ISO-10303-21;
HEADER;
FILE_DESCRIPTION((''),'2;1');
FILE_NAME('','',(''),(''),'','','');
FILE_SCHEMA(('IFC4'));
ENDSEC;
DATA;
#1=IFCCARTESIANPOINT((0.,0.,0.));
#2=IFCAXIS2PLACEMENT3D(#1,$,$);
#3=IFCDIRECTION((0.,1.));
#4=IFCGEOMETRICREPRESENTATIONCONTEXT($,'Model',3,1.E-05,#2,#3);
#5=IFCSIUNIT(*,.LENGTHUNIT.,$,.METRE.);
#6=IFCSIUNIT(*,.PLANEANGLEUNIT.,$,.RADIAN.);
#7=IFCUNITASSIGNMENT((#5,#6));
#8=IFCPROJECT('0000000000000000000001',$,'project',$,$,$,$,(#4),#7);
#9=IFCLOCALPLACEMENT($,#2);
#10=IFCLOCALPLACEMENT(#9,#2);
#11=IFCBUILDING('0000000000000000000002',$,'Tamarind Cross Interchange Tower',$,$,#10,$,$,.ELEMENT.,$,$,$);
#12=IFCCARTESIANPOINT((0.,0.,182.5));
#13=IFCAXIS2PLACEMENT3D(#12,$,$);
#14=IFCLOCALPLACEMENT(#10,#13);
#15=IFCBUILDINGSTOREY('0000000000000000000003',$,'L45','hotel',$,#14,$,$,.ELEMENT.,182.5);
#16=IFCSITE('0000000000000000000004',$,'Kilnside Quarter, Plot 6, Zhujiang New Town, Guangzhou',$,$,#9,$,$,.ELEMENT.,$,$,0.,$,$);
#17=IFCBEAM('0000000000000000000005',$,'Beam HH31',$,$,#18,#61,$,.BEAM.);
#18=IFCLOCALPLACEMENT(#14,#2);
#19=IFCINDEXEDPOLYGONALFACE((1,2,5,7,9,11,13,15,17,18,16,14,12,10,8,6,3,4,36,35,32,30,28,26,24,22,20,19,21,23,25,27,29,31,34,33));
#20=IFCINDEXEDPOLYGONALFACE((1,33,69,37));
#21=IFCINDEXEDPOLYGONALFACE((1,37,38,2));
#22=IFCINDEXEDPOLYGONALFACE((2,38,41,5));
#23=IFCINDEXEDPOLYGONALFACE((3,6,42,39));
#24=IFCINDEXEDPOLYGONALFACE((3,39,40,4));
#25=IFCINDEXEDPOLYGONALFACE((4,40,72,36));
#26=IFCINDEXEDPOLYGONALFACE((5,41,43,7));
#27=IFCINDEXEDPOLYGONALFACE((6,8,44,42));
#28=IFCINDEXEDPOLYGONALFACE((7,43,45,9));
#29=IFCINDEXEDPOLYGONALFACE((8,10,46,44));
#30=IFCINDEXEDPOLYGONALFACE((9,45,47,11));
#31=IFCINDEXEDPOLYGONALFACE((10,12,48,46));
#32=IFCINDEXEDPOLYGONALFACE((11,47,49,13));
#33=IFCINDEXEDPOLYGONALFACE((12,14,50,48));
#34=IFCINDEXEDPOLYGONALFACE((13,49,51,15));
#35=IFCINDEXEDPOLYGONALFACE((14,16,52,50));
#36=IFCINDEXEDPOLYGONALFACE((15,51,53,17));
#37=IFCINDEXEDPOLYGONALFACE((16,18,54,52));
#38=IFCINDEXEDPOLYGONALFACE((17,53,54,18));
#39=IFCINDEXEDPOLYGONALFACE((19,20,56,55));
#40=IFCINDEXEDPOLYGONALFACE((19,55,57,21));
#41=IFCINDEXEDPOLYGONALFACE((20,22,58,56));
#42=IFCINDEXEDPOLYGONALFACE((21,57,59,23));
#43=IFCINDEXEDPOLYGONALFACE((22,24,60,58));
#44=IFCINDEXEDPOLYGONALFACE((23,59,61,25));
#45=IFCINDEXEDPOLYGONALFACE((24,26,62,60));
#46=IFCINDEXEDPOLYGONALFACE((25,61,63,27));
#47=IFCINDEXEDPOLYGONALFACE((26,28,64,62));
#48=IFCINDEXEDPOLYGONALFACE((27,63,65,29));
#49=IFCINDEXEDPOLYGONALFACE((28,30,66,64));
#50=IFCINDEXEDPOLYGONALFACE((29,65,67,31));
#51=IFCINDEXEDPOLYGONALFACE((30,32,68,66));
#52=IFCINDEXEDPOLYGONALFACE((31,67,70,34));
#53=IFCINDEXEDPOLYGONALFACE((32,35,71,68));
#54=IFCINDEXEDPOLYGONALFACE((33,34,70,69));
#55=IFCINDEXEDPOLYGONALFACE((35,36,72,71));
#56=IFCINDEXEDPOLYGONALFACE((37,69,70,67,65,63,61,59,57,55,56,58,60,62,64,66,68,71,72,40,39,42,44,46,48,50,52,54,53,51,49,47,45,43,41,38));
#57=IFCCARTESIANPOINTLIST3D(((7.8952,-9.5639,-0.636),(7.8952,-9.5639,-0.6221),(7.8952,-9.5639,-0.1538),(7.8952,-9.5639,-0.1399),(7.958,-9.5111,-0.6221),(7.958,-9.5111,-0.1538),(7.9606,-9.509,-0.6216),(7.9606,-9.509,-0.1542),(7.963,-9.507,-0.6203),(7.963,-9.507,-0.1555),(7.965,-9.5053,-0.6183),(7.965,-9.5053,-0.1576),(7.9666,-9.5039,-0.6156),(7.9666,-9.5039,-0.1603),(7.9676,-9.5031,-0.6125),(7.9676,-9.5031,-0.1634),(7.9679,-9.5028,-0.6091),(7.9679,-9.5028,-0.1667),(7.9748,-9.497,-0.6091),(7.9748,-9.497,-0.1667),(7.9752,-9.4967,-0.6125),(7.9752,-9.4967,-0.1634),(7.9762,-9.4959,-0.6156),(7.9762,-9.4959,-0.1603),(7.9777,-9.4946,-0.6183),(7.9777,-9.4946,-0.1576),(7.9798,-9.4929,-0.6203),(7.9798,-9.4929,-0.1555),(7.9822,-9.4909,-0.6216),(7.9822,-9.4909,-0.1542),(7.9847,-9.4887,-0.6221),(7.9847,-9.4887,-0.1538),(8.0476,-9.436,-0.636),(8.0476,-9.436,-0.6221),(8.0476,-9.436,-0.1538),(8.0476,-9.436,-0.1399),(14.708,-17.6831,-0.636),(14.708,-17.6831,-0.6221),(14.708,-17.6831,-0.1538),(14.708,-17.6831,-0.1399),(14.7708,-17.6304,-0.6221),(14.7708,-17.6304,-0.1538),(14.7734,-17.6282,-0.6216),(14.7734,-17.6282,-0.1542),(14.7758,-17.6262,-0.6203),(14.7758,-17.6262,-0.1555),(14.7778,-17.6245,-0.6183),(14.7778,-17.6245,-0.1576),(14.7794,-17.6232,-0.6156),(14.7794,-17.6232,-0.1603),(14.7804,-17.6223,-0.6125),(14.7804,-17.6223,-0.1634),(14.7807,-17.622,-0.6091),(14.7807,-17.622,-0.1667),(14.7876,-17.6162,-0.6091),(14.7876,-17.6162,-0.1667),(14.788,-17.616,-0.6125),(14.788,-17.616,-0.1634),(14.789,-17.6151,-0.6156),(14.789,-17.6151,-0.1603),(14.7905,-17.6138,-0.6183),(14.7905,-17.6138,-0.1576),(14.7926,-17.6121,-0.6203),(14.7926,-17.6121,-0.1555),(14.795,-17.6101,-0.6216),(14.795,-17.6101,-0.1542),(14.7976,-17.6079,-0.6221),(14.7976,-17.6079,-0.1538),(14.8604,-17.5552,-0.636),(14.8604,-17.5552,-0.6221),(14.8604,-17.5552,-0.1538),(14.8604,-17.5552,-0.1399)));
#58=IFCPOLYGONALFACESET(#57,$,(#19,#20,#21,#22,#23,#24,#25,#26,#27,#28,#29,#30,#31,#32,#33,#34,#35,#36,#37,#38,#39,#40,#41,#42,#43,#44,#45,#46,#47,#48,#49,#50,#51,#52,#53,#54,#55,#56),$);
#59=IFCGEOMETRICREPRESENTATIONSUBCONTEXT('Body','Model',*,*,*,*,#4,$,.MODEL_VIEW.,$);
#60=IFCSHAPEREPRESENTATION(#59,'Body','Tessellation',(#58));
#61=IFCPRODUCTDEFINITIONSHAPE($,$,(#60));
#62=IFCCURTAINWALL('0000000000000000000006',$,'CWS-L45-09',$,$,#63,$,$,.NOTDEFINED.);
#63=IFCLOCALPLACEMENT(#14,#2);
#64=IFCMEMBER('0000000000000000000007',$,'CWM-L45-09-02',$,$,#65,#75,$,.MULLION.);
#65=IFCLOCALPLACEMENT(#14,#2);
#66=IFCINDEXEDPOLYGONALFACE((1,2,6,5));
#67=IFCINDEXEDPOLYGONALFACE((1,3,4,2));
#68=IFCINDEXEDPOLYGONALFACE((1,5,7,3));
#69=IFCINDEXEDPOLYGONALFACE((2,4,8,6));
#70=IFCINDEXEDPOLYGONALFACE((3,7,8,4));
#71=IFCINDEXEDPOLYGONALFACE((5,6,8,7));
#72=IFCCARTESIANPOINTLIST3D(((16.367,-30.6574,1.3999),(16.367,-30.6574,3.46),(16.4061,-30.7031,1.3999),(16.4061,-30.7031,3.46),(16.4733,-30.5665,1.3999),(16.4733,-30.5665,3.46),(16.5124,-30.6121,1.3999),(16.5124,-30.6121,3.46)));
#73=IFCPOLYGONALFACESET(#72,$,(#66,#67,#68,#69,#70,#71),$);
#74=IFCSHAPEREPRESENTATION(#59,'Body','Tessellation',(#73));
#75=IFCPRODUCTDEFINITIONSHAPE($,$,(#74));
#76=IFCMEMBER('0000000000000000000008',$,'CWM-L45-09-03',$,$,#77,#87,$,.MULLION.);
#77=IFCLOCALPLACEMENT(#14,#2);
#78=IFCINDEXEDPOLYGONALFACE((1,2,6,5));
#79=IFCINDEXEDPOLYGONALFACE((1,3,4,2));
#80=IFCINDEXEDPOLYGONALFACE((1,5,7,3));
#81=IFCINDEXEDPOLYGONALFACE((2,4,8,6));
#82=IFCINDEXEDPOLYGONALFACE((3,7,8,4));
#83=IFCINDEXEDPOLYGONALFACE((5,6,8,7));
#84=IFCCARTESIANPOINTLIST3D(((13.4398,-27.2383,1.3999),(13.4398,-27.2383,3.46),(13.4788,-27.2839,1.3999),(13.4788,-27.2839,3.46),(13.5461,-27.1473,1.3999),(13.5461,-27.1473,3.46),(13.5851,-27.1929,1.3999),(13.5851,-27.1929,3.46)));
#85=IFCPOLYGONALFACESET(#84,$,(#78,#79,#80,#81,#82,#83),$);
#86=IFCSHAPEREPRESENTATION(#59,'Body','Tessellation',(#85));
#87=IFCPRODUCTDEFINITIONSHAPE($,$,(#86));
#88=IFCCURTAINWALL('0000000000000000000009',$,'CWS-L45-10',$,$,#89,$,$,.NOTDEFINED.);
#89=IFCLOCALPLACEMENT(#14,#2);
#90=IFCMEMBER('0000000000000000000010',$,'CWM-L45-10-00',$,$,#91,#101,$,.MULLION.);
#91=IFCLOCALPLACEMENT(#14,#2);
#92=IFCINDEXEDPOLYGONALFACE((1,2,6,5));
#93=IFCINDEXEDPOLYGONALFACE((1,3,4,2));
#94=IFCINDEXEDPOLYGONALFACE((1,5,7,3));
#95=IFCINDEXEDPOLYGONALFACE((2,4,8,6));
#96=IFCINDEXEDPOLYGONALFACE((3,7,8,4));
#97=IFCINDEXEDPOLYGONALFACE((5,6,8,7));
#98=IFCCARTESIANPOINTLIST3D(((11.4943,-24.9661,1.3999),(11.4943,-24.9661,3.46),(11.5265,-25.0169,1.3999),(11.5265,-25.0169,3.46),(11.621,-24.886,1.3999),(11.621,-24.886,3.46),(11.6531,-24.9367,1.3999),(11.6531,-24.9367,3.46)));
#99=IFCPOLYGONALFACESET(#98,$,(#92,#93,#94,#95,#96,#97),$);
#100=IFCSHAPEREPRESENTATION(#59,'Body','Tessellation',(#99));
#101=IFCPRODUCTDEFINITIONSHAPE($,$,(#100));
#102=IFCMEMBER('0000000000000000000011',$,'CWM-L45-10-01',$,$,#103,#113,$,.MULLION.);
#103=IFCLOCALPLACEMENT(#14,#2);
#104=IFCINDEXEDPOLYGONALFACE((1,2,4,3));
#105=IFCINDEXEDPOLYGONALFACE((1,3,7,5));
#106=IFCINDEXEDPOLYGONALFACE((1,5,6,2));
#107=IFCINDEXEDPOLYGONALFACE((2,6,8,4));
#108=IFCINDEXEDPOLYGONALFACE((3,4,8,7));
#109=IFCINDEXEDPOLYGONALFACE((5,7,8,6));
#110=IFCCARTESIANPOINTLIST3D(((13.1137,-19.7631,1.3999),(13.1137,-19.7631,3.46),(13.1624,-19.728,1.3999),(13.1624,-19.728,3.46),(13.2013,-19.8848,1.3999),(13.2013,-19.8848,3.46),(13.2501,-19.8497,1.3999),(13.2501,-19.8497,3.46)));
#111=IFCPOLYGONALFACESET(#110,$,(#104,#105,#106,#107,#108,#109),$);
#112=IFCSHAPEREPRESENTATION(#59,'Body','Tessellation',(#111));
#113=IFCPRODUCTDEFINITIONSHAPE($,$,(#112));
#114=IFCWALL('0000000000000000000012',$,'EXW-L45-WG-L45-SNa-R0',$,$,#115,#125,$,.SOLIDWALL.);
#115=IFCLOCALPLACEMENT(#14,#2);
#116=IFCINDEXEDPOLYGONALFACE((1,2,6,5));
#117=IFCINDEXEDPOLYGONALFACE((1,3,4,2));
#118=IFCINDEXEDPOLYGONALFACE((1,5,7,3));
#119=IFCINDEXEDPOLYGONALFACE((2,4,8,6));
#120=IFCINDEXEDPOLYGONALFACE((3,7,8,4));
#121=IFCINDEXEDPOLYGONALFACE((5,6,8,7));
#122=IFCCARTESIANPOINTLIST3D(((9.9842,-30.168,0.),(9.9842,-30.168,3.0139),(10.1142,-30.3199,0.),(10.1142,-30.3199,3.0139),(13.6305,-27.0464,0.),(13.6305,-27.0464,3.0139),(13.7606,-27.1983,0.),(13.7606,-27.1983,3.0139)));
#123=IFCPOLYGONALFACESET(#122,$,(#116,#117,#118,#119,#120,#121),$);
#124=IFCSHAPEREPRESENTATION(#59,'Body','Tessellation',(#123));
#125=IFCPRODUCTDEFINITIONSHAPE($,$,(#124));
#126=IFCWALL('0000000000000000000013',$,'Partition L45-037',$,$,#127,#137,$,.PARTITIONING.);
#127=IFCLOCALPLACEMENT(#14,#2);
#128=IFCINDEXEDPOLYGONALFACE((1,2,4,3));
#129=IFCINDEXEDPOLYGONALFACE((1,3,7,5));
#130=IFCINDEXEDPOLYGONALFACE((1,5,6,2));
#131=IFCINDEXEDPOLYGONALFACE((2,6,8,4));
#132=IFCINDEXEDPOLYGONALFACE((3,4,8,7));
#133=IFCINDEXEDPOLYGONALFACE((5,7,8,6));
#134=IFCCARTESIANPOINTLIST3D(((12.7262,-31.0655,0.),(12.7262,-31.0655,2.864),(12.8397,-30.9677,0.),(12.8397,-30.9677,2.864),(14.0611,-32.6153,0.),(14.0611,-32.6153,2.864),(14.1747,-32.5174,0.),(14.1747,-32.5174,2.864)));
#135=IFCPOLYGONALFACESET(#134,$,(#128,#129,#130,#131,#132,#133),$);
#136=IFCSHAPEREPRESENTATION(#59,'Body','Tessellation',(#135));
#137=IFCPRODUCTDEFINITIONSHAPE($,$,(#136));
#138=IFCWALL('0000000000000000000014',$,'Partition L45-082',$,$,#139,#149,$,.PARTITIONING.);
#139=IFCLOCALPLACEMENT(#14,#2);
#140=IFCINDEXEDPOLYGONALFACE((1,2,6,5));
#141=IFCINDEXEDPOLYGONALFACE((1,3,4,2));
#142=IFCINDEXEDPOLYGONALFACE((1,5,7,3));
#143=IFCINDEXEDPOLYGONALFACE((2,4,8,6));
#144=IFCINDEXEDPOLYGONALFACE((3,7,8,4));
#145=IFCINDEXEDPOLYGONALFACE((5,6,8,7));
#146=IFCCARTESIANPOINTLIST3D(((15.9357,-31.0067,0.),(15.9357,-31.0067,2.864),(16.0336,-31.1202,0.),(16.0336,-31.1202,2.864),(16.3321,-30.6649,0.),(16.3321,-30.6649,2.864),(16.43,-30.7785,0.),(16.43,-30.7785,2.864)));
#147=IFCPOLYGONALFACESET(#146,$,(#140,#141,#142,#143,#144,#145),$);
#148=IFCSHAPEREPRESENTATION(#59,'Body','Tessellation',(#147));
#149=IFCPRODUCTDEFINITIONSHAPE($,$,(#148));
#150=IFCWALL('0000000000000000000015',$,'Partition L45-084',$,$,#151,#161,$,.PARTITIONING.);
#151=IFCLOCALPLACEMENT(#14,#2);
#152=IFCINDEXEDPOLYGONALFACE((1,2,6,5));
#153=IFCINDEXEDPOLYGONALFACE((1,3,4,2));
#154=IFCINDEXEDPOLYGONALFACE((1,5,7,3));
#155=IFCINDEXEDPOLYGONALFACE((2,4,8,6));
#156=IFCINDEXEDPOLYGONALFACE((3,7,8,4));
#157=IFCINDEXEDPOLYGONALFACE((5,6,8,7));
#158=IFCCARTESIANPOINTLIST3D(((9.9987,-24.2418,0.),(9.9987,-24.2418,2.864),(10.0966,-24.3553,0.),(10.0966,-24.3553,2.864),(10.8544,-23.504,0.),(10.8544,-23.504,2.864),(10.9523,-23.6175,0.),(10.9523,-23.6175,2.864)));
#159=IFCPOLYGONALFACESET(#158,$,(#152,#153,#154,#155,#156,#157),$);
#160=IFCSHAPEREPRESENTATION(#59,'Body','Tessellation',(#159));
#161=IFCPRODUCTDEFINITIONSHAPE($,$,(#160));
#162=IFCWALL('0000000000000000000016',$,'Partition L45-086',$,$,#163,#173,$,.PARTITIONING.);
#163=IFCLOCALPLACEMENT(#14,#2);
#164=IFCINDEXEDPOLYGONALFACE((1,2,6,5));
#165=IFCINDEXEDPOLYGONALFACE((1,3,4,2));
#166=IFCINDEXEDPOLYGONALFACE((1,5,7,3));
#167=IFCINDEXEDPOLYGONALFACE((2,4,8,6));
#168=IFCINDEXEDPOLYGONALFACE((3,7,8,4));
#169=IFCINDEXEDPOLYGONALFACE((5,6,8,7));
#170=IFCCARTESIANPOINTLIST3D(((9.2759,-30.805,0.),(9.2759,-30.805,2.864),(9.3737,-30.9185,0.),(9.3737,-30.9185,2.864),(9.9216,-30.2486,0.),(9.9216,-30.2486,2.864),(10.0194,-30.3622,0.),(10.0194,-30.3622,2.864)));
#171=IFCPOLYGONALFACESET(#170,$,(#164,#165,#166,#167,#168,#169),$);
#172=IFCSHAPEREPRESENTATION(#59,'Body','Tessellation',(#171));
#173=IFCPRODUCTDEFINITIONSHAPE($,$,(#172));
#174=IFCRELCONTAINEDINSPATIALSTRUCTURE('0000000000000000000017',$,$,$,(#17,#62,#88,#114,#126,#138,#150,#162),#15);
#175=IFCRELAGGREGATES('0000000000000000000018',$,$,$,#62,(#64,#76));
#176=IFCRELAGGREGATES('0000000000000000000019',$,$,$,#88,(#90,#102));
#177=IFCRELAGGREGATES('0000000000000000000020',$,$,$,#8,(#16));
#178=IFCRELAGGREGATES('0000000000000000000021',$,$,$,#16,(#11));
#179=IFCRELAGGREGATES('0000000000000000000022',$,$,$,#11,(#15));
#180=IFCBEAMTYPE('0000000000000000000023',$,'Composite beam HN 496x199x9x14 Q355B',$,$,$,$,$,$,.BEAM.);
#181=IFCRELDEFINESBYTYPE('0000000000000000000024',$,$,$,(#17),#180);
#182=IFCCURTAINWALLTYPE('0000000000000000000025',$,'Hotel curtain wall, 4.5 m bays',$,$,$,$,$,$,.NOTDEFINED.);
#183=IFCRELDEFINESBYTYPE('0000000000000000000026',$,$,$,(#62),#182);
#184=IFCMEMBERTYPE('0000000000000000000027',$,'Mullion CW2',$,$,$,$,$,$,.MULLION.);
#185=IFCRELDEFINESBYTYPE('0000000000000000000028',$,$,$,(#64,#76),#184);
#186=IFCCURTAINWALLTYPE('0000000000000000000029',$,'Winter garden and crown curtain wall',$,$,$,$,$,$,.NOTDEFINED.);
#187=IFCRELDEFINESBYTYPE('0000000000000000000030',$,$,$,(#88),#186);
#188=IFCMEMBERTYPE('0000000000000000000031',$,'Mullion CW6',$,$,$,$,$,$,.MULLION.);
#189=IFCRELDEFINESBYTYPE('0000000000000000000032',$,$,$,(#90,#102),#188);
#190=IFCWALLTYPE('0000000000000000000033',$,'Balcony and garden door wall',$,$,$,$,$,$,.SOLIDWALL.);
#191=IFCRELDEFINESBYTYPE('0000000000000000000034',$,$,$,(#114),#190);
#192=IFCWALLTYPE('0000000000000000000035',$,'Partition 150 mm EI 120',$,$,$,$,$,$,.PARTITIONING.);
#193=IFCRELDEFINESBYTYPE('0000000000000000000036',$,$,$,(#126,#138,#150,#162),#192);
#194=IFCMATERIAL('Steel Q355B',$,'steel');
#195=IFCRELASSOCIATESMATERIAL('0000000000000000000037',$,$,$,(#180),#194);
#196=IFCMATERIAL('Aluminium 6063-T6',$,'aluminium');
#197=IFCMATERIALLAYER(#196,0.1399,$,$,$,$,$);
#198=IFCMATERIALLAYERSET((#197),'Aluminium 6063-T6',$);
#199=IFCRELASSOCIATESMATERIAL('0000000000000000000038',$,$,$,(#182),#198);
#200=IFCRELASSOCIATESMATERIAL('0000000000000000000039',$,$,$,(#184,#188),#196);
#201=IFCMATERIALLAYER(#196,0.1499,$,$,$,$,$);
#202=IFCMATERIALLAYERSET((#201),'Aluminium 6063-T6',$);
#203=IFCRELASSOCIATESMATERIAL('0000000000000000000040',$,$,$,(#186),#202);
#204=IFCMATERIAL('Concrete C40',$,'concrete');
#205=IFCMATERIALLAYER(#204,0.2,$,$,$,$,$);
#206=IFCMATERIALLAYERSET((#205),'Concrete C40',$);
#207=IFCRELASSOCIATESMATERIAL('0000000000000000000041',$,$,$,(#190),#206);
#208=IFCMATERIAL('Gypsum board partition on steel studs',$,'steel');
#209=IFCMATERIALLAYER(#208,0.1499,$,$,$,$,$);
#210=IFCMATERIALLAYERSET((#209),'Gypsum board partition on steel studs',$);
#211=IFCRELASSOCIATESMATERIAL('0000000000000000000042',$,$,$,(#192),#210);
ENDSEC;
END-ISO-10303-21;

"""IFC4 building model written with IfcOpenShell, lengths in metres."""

from ifc_helpers import new_model, si_unit, direction, frame, frame_2d, origin, origin_2d, place, context, subcontext, project, spatial, rectangle, i_section, extrude, material, layer, layer_set, material_profile, profile_set, type_object, element, aggregate, save


model = new_model("IFC4")

# Units and contexts
model_context = context("Model", 3, precision=1e-05, world=origin(), true_north=direction((0.0, 1.0)))
body_context = subcontext(model_context, "Body", "Model", "MODEL_VIEW")
ifc_project = project(units=[si_unit("LENGTHUNIT", "METRE"), si_unit("PLANEANGLEUNIT", "RADIAN")], contexts=[model_context])

# Site, building, storey
site_placement = place(None, origin())
site = spatial("IfcSite", under=ifc_project, at=site_placement, Name="Kilnside Quarter, Plot 6, Zhujiang New Town, Guangzhou", CompositionType="ELEMENT", RefElevation=0.0)
building_placement = place(site_placement, origin())
building = spatial("IfcBuilding", under=site, at=building_placement, Name="Tamarind Cross Interchange Tower", CompositionType="ELEMENT")
storey_placement = place(building_placement, frame((0.0, 0.0, 182.5)))
storey = spatial("IfcBuildingStorey", under=building, at=storey_placement, Name="L45", Description="hotel", CompositionType="ELEMENT", Elevation=182.5)

# Beam
ifc_material_1 = material(Name="Steel Q355B", Category="steel")
ifc_material_profile_1 = material_profile(ifc_material_1, i_section(OverallWidth=0.199, OverallDepth=0.4961, WebThickness=0.009, FlangeThickness=0.0139, FilletRadius=0.0129, at=origin_2d()), Name="HN 496x199x9x14")
ifc_profile_set_1 = profile_set([ifc_material_profile_1], Name="Steel Q355B")
beam_type = type_object("IfcBeamType", Name="Composite beam HN 496x199x9x14 Q355B", PredefinedType="BEAM", material=ifc_profile_set_1)
beam_1_placement = place(storey_placement, frame((14.7842, -17.6191, -0.3879), z_axis=(-0.642786, 0.766046, 0.0), x_axis=(-0.766046, -0.642786, 0.0)))
element("IfcBeam", 1, at=beam_1_placement, inside=storey, type_object=beam_type, Name="Beam HH31", PredefinedType="BEAM", context=body_context, shape_type="SweptSolid", body=[
    extrude(i_section(OverallWidth=0.199, OverallDepth=0.4961, WebThickness=0.009, FlangeThickness=0.0139, FilletRadius=0.0129, at=origin_2d()), origin(), (0.0, 0.0, 1.0), 10.5989),
])

# Curtain walls, members
ifc_material_2 = material(Name="Aluminium 6063-T6", Category="aluminium")
ifc_layer_1 = layer(ifc_material_2, 0.1399)
ifc_layer_set_1 = layer_set([ifc_layer_1], Name="Aluminium 6063-T6")
curtain_wall_type_1 = type_object("IfcCurtainWallType", Name="Hotel curtain wall, 4.5 m bays", PredefinedType="NOTDEFINED", material=ifc_layer_set_1)
curtain_wall_1_placement = place(storey_placement, origin())
curtain_wall_1 = element("IfcCurtainWall", 2, at=curtain_wall_1_placement, inside=storey, type_object=curtain_wall_type_1, Name="CWS-L45-09", PredefinedType="NOTDEFINED")
ifc_material_profile_2 = material_profile(ifc_material_2, rectangle(XDim=0.0601, YDim=0.1399, at=origin_2d()), Name="Mullion CW2")
ifc_profile_set_2 = profile_set([ifc_material_profile_2], Name="Aluminium 6063-T6")
member_type_1 = type_object("IfcMemberType", Name="Mullion CW2", PredefinedType="MULLION", material=ifc_profile_set_2)
member_1_placement = place(storey_placement, frame((16.4397, -30.6348, 1.3999), z_axis=(0.0, 0.0, 1.0), x_axis=(-0.650358, 0.759628, 0.0)))
member_1 = element("IfcMember", 3, at=member_1_placement, type_object=member_type_1, Name="CWM-L45-09-02", PredefinedType="MULLION", context=body_context, shape_type="SweptSolid", body=[
    extrude(rectangle(XDim=0.0601, YDim=0.1399, at=origin_2d()), origin(), (0.0, 0.0, 1.0), 2.0601),
])
member_2_placement = place(storey_placement, frame((13.5125, -27.2156, 1.3999), z_axis=(0.0, 0.0, 1.0), x_axis=(-0.650358, 0.759628, 0.0)))
member_2 = element("IfcMember", 4, at=member_2_placement, type_object=member_type_1, Name="CWM-L45-09-03", PredefinedType="MULLION", context=body_context, shape_type="SweptSolid", body=[
    extrude(rectangle(XDim=0.0601, YDim=0.1399, at=origin_2d()), origin(), (0.0, 0.0, 1.0), 2.0601),
])
aggregate(curtain_wall_1, [member_1, member_2])
ifc_layer_2 = layer(ifc_material_2, 0.1499)
ifc_layer_set_2 = layer_set([ifc_layer_2], Name="Aluminium 6063-T6")
curtain_wall_type_2 = type_object("IfcCurtainWallType", Name="Winter garden and crown curtain wall", PredefinedType="NOTDEFINED", material=ifc_layer_set_2)
curtain_wall_2_placement = place(storey_placement, origin())
curtain_wall_2 = element("IfcCurtainWall", 5, at=curtain_wall_2_placement, inside=storey, type_object=curtain_wall_type_2, Name="CWS-L45-10", PredefinedType="NOTDEFINED")
ifc_material_profile_3 = material_profile(ifc_material_2, rectangle(XDim=0.0601, YDim=0.1499, at=origin_2d()), Name="Mullion CW6")
ifc_profile_set_3 = profile_set([ifc_material_profile_3], Name="Aluminium 6063-T6")
member_type_2 = type_object("IfcMemberType", Name="Mullion CW6", PredefinedType="MULLION", material=ifc_profile_set_3)
member_3_placement = place(storey_placement, frame((11.5737, -24.9514, 1.3999), z_axis=(0.0, 0.0, 1.0), x_axis=(-0.534767, 0.845, 0.0)))
member_3 = element("IfcMember", 6, at=member_3_placement, type_object=member_type_2, Name="CWM-L45-10-00", PredefinedType="MULLION", context=body_context, shape_type="SweptSolid", body=[
    extrude(rectangle(XDim=0.0601, YDim=0.1499, at=origin_2d()), origin(), (0.0, 0.0, 1.0), 2.0601),
])
member_4_placement = place(storey_placement, frame((13.1819, -19.8064, 1.3999), z_axis=(0.0, 0.0, 1.0), x_axis=(0.81134, 0.584574, 0.0)))
member_4 = element("IfcMember", 7, at=member_4_placement, type_object=member_type_2, Name="CWM-L45-10-01", PredefinedType="MULLION", context=body_context, shape_type="SweptSolid", body=[
    extrude(rectangle(XDim=0.0601, YDim=0.1499, at=origin_2d()), origin(), (0.0, 0.0, 1.0), 2.0601),
])
aggregate(curtain_wall_2, [member_3, member_4])

# Shared definitions
ifc_material_3 = material(Name="Concrete C40", Category="concrete")
ifc_layer_3 = layer(ifc_material_3, 0.2)
ifc_layer_set_3 = layer_set([ifc_layer_3], Name="Concrete C40")
wall_type_1 = type_object("IfcWallType", Name="Balcony and garden door wall", PredefinedType="SOLIDWALL", material=ifc_layer_set_3)

# Walls
wall_1_placement = place(storey_placement, frame((10.0493, -30.2439, 0.0), z_axis=(0.0, 0.0, 1.0), x_axis=(0.759644, 0.650339, 0.0)))
element("IfcWall", 8, at=wall_1_placement, inside=storey, type_object=wall_type_1, Name="EXW-L45-WG-L45-SNa-R0", PredefinedType="SOLIDWALL", context=body_context, shape_type="SweptSolid", body=[
    extrude(rectangle(XDim=4.8, YDim=0.2, at=frame_2d((2.3999, 0.0))), origin(), (0.0, 0.0, 1.0), 3.0139),
])
ifc_material_4 = material(Name="Gypsum board partition on steel studs", Category="steel")
ifc_layer_4 = layer(ifc_material_4, 0.1499)
ifc_layer_set_4 = layer_set([ifc_layer_4], Name="Gypsum board partition on steel studs")
wall_type_2 = type_object("IfcWallType", Name="Partition 150 mm EI 120", PredefinedType="PARTITIONING", material=ifc_layer_set_4)
wall_2_placement = place(storey_placement, frame((12.783, -31.0166, 0.0), z_axis=(0.0, 0.0, 1.0), x_axis=(0.652637, -0.75767, 0.0)))
element("IfcWall", 9, at=wall_2_placement, inside=storey, type_object=wall_type_2, Name="Partition L45-037", PredefinedType="PARTITIONING", context=body_context, shape_type="SweptSolid", body=[
    extrude(rectangle(XDim=2.0454, YDim=0.1499, at=frame_2d((1.0227, 0.0))), origin(), (0.0, 0.0, 1.0), 2.864),
])
wall_3_placement = place(storey_placement, frame((15.9846, -31.0635, 0.0), z_axis=(0.0, 0.0, 1.0), x_axis=(0.75741, 0.65294, 0.0)))
element("IfcWall", 10, at=wall_3_placement, inside=storey, type_object=wall_type_2, Name="Partition L45-082", PredefinedType="PARTITIONING", context=body_context, shape_type="SweptSolid", body=[
    extrude(rectangle(XDim=0.5234, YDim=0.1499, at=frame_2d((0.2617, 0.0))), origin(), (0.0, 0.0, 1.0), 2.864),
])
wall_4_placement = place(storey_placement, frame((10.0476, -24.2986, 0.0), z_axis=(0.0, 0.0, 1.0), x_axis=(0.757362, 0.652995, 0.0)))
element("IfcWall", 11, at=wall_4_placement, inside=storey, type_object=wall_type_2, Name="Partition L45-084", PredefinedType="PARTITIONING", context=body_context, shape_type="SweptSolid", body=[
    extrude(rectangle(XDim=1.1299, YDim=0.1499, at=frame_2d((0.5649, 0.0))), origin(), (0.0, 0.0, 1.0), 2.864),
])
wall_5_placement = place(storey_placement, frame((9.3247, -30.8618, 0.0), z_axis=(0.0, 0.0, 1.0), x_axis=(0.757576, 0.652747, 0.0)))
element("IfcWall", 12, at=wall_5_placement, inside=storey, type_object=wall_type_2, Name="Partition L45-086", PredefinedType="PARTITIONING", context=body_context, shape_type="SweptSolid", body=[
    extrude(rectangle(XDim=0.8523, YDim=0.1499, at=frame_2d((0.4263, 0.0))), origin(), (0.0, 0.0, 1.0), 2.864),
])

save(model, "model.ifc")
